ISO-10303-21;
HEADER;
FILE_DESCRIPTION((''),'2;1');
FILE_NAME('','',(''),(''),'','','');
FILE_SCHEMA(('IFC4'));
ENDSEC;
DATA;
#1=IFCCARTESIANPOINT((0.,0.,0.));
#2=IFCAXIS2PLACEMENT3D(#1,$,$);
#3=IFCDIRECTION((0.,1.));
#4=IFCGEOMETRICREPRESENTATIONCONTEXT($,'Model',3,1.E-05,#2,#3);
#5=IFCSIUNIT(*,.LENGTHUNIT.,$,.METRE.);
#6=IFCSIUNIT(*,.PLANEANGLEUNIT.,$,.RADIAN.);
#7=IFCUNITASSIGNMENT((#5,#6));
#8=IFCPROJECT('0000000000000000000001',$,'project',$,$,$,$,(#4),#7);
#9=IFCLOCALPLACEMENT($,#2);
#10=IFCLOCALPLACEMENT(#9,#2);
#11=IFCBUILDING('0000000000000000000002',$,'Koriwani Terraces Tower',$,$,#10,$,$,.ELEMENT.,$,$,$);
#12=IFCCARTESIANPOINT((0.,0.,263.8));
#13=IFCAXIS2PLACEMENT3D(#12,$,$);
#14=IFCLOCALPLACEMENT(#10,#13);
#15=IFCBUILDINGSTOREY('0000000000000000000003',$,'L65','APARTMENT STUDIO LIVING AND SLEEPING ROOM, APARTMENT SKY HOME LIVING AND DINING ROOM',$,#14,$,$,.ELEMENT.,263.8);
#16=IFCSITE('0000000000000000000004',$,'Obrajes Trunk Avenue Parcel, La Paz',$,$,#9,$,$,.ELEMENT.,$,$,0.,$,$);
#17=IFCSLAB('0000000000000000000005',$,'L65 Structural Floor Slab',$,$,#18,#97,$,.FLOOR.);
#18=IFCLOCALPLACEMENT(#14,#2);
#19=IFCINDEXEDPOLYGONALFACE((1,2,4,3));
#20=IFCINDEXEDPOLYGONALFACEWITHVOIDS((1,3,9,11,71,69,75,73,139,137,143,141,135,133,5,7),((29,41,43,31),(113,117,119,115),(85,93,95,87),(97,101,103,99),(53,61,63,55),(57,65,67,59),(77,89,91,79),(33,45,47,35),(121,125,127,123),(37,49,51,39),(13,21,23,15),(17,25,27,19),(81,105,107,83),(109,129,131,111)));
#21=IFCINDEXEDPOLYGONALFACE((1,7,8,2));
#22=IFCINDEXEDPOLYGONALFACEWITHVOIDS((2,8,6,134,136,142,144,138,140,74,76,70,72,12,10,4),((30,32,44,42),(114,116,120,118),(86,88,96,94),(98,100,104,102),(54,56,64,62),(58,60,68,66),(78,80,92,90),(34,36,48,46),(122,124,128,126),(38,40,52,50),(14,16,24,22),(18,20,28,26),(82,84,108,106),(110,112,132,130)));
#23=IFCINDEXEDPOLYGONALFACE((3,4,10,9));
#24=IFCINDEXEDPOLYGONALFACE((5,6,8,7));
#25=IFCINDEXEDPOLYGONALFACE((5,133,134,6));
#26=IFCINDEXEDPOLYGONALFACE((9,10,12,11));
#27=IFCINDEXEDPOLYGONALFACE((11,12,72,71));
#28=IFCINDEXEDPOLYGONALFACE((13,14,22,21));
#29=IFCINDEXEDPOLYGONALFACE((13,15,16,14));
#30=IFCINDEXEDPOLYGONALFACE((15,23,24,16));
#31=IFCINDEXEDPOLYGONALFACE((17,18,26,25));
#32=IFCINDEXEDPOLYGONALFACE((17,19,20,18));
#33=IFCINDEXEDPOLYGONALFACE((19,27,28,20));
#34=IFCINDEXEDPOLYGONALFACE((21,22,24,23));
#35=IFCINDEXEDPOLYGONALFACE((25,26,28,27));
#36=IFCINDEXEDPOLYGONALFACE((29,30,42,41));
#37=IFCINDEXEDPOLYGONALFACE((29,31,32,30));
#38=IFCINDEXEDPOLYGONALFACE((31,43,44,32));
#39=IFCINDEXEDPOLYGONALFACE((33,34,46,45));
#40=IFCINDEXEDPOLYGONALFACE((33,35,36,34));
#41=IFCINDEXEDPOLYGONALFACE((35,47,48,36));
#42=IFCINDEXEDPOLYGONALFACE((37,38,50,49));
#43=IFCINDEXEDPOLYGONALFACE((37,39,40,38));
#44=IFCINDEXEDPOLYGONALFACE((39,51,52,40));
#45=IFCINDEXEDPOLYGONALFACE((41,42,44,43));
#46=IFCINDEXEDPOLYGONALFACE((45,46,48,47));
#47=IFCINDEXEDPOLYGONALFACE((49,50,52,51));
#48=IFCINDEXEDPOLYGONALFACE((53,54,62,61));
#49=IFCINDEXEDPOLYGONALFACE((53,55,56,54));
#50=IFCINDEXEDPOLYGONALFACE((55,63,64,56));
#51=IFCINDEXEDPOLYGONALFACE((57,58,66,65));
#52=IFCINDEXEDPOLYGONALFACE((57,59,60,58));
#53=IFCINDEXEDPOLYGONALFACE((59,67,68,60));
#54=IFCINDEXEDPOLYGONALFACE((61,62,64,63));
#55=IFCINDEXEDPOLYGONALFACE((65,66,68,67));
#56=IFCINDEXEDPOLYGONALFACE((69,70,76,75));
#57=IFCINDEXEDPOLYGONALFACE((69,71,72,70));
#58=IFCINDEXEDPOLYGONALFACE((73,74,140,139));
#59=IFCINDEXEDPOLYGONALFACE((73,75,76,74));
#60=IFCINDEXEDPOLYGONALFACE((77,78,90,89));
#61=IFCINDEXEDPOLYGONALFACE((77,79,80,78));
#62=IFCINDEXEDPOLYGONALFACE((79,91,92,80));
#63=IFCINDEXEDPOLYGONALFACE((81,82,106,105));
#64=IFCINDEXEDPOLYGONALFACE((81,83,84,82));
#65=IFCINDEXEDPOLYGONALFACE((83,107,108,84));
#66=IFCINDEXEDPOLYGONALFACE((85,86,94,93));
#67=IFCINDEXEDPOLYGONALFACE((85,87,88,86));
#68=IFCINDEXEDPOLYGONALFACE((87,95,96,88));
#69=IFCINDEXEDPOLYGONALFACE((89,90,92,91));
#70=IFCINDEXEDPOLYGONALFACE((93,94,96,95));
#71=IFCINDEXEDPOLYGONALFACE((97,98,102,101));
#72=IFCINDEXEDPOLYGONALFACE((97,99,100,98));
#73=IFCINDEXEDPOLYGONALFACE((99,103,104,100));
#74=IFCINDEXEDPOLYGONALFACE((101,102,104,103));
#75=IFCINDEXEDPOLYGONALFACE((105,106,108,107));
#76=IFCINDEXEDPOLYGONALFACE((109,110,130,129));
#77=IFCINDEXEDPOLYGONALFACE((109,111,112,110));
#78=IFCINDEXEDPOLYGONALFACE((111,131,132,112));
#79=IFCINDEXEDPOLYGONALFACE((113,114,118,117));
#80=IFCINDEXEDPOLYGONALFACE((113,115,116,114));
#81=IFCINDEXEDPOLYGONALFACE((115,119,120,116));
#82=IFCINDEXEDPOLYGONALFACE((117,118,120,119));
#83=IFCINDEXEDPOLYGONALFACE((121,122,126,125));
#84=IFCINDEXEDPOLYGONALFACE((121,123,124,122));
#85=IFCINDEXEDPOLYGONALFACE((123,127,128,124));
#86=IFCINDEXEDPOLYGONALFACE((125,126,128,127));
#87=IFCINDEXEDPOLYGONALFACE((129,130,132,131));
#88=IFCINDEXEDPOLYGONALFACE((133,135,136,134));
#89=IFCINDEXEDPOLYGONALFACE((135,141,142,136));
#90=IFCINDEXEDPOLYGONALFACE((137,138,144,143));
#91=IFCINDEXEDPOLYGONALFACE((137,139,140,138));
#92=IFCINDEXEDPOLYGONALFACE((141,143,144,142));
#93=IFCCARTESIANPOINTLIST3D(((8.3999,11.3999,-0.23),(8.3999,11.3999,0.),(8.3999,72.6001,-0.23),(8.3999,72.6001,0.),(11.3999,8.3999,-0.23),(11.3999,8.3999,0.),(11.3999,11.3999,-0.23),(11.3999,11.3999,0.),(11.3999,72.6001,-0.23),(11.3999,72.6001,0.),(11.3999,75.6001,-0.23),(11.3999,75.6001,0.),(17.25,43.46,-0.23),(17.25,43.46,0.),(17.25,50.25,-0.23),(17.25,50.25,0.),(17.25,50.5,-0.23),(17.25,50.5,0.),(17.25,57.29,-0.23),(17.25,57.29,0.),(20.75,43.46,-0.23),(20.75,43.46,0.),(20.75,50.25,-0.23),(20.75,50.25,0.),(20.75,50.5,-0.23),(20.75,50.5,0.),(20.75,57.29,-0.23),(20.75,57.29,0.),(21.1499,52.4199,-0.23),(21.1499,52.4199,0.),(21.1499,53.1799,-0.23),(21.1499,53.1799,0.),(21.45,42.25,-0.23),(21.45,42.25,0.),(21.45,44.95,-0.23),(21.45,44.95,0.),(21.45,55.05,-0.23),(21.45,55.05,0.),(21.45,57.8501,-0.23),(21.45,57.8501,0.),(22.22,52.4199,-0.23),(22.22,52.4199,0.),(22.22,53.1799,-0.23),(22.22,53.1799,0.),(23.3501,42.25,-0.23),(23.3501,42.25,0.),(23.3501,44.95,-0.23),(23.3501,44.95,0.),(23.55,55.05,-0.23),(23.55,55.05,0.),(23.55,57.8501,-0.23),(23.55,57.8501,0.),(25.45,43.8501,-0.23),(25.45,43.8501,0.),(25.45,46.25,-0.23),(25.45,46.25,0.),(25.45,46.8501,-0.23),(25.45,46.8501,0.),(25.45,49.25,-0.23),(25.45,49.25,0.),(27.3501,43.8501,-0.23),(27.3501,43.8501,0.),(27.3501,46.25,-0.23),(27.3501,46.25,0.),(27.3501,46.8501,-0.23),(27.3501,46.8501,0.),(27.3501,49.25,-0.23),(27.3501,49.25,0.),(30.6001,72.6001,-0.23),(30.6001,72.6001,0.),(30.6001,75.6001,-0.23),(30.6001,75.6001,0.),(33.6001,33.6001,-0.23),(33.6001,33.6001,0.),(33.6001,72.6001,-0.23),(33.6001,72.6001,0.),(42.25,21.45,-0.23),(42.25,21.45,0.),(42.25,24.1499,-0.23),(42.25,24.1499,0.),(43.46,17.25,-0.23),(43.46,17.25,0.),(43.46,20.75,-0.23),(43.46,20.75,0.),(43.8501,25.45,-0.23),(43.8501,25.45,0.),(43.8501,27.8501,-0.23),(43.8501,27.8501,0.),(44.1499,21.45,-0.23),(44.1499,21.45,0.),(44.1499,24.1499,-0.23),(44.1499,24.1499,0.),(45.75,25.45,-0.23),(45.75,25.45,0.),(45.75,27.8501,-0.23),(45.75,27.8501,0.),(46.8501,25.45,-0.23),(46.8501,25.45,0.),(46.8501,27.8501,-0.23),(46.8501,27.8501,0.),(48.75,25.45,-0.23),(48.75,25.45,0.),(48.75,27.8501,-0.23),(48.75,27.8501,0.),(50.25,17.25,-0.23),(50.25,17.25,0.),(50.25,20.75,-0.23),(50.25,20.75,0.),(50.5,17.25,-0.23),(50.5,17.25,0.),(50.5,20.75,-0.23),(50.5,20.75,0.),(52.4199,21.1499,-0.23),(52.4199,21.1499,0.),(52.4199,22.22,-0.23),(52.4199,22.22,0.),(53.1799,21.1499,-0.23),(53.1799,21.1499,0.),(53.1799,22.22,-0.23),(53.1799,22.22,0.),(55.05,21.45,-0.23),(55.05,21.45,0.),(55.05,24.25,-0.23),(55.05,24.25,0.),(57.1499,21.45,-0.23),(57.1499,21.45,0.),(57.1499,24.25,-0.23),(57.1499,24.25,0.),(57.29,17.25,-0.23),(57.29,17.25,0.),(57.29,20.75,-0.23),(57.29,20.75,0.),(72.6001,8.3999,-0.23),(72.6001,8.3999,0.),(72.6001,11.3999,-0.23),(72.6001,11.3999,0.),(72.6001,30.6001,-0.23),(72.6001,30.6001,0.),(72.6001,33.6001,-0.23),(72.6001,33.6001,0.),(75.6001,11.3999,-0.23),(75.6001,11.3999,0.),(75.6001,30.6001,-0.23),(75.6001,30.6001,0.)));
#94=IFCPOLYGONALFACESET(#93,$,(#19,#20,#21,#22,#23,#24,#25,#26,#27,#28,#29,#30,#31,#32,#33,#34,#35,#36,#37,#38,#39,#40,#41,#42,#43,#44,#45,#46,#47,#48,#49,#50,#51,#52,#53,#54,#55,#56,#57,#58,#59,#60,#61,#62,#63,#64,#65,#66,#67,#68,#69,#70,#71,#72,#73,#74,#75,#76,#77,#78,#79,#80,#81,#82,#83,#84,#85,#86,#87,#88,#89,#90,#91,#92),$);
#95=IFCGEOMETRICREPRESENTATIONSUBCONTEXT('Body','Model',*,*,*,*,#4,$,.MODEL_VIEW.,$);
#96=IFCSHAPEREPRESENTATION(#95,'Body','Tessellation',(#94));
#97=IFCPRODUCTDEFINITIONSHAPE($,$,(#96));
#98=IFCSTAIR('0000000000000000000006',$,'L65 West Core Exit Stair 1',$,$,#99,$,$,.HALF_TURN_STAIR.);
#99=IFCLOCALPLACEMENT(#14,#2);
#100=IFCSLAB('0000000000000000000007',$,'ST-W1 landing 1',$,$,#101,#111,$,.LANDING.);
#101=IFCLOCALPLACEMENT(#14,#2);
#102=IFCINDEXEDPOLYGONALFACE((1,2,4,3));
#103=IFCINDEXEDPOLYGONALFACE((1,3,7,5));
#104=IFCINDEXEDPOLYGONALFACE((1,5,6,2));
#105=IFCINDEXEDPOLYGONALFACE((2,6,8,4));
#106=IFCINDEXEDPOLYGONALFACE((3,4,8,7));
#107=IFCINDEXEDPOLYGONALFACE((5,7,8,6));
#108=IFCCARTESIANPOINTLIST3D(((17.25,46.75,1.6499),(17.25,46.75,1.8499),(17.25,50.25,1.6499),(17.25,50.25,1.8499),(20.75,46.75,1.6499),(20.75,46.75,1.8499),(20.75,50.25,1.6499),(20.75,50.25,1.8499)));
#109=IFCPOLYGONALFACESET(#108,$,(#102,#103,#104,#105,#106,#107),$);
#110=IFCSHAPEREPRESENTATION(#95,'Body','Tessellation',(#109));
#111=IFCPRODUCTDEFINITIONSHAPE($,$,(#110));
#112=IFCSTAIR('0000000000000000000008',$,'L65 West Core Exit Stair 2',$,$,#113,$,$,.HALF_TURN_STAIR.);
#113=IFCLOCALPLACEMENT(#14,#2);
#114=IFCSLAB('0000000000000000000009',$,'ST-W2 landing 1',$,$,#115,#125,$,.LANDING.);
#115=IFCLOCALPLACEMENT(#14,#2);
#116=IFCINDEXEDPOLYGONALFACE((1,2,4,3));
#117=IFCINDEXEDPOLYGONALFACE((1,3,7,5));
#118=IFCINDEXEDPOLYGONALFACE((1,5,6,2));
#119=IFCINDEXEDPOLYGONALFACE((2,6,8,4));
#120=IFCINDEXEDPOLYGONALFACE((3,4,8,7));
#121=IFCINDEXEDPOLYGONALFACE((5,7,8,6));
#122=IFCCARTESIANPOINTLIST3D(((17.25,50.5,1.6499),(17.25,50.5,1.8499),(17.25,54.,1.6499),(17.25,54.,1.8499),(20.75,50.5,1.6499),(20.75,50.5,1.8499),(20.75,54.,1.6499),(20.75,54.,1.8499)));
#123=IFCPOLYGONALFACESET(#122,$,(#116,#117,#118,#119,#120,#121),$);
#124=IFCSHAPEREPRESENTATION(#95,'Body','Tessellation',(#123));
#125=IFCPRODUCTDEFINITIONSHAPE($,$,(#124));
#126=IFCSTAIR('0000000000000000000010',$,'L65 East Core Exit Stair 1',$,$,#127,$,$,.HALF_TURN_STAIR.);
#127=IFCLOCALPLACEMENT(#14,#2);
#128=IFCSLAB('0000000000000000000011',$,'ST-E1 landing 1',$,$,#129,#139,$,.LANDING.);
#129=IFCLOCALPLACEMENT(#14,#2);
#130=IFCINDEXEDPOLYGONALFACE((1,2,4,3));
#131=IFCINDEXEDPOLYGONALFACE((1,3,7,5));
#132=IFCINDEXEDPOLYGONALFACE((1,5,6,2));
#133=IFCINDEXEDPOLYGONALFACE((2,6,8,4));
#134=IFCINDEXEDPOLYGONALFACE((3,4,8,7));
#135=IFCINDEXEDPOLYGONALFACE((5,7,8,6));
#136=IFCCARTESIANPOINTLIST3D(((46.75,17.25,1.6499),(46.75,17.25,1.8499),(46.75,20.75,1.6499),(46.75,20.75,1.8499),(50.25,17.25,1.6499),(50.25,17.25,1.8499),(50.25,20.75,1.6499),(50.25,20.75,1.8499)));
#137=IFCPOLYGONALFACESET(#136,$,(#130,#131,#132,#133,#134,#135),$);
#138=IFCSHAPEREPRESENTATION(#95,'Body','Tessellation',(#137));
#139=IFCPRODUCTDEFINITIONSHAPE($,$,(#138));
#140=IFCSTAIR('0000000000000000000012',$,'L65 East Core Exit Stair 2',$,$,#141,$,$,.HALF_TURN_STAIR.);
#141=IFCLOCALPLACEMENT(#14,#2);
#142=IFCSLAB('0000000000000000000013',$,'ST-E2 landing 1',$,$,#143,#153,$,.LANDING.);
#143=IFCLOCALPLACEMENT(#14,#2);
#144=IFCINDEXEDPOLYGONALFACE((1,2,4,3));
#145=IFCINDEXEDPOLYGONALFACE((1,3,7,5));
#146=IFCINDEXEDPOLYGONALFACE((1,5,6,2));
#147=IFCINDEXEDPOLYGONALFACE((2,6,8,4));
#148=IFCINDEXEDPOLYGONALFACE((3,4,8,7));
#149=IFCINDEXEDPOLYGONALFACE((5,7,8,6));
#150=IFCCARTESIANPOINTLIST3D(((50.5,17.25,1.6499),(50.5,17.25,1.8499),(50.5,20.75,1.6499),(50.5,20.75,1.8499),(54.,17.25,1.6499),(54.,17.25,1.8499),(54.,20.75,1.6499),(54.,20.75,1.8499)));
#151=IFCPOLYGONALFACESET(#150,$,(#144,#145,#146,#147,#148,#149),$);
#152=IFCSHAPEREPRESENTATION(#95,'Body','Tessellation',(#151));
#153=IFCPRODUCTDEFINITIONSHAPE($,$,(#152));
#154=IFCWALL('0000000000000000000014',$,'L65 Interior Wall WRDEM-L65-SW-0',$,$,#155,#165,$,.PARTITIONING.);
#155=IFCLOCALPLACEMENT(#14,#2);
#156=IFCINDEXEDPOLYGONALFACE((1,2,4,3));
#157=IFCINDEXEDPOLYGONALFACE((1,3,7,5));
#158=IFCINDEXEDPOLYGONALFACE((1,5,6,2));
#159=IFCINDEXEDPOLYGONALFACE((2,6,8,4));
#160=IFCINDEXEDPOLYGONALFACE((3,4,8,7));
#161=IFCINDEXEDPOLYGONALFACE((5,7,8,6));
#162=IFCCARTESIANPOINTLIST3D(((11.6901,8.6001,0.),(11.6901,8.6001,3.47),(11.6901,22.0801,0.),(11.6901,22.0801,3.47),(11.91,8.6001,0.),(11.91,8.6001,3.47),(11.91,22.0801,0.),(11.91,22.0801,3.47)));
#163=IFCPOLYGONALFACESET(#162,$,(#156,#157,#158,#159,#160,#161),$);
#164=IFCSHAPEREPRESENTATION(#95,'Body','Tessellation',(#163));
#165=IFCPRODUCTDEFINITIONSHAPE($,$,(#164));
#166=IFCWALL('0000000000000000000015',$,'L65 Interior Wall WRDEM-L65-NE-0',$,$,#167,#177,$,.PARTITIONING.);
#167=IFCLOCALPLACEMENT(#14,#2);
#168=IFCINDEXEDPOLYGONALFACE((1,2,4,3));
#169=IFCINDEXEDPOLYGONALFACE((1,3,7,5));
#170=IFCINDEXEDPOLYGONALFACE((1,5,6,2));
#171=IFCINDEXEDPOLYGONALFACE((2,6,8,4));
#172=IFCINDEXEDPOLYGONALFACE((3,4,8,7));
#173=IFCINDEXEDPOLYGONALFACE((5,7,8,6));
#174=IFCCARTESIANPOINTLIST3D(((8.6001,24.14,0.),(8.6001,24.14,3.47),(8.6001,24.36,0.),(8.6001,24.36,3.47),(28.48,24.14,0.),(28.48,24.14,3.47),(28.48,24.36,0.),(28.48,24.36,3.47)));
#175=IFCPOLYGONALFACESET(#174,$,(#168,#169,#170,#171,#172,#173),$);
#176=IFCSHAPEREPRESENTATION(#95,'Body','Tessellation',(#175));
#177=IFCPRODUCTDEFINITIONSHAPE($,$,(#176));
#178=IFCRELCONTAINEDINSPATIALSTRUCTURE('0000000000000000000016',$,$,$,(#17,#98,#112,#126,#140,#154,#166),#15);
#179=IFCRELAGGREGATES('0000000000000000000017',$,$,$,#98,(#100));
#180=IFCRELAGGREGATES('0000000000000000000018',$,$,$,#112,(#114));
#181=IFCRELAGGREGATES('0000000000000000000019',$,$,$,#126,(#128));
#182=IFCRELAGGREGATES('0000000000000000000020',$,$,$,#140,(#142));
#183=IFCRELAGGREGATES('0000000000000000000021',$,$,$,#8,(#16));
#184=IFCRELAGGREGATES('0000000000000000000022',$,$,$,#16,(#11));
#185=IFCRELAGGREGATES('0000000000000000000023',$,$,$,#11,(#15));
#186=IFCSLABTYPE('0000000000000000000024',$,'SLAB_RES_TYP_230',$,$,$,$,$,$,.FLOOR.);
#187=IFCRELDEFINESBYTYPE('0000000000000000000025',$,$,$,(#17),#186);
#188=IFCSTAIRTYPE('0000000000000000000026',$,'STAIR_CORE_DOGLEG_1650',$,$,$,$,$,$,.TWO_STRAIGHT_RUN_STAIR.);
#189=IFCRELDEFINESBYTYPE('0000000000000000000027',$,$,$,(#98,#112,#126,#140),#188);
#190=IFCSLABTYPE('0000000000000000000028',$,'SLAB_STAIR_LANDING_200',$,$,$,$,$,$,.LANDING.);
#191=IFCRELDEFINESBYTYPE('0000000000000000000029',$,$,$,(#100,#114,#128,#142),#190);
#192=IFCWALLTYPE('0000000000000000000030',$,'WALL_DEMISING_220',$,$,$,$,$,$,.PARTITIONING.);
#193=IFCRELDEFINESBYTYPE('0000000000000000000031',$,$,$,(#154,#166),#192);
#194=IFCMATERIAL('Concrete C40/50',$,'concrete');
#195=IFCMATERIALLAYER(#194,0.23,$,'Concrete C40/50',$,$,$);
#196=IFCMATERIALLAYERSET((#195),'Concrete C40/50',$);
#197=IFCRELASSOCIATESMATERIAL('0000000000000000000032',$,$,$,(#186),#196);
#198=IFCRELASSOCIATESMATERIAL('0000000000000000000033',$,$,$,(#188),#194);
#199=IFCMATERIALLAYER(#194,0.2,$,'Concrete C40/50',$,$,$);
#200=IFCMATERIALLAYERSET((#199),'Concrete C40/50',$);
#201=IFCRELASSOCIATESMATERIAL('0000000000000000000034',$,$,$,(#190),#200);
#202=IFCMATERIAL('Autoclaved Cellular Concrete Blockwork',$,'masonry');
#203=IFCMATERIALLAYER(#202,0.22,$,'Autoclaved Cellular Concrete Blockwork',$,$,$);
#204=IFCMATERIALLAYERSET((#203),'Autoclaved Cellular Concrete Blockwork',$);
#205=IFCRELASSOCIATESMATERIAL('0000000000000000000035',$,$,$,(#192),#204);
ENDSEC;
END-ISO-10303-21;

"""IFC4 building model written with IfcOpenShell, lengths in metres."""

from ifc_helpers import new_model, si_unit, direction, frame, frame_2d, origin, place, context, subcontext, project, spatial, polyline, rectangle, outline, extrude, material, layer, layer_set, type_object, element, aggregate, save


model = new_model("IFC4")

# Units and contexts
model_context = context("Model", 3, precision=1e-05, world=origin(), true_north=direction((0.0, 1.0)))
body_context = subcontext(model_context, "Body", "Model", "MODEL_VIEW")
ifc_project = project(units=[si_unit("LENGTHUNIT", "METRE"), si_unit("PLANEANGLEUNIT", "RADIAN")], contexts=[model_context])

# Site, building, storey
site_placement = place(None, origin())
site = spatial("IfcSite", under=ifc_project, at=site_placement, Name="Obrajes Trunk Avenue Parcel, La Paz", CompositionType="ELEMENT", RefElevation=0.0)
building_placement = place(site_placement, origin())
building = spatial("IfcBuilding", under=site, at=building_placement, Name="Koriwani Terraces Tower", CompositionType="ELEMENT")
storey_placement = place(building_placement, frame((0.0, 0.0, 263.8)))
storey = spatial("IfcBuildingStorey", under=building, at=storey_placement, Name="L65", Description="APARTMENT STUDIO LIVING AND SLEEPING ROOM, APARTMENT SKY HOME LIVING AND DINING ROOM", CompositionType="ELEMENT", Elevation=263.8)

# Slab
ifc_material_1 = material(Name="Concrete C40/50", Category="concrete")
ifc_layer_1 = layer(ifc_material_1, 0.23, Name="Concrete C40/50")
ifc_layer_set_1 = layer_set([ifc_layer_1], Name="Concrete C40/50")
slab_type_1 = type_object("IfcSlabType", Name="SLAB_RES_TYP_230", PredefinedType="FLOOR", material=ifc_layer_set_1)
slab_1_placement = place(storey_placement, frame((0.0, 0.0, -0.23)))
element("IfcSlab", 1, at=slab_1_placement, inside=storey, type_object=slab_type_1, Name="L65 Structural Floor Slab", PredefinedType="FLOOR", context=body_context, shape_type="SweptSolid", body=[
    extrude(outline(polyline([(11.3999, 8.3999), (72.6001, 8.3999), (72.6001, 11.3999), (75.6001, 11.3999), (75.6001, 30.6001), (72.6001, 30.6001), (72.6001, 33.6001), (33.6001, 33.6001), (33.6001, 72.6001), (30.6001, 72.6001), (30.6001, 75.6001), (11.3999, 75.6001), (11.3999, 72.6001), (8.3999, 72.6001), (8.3999, 11.3999), (11.3999, 11.3999), (11.3999, 8.3999)]), holes=[polyline([(17.25, 43.46), (20.75, 43.46), (20.75, 50.25), (17.25, 50.25), (17.25, 43.46)]), polyline([(17.25, 50.5), (20.75, 50.5), (20.75, 57.29), (17.25, 57.29), (17.25, 50.5)]), polyline([(43.46, 17.25), (50.25, 17.25), (50.25, 20.75), (43.46, 20.75), (43.46, 17.25)]), polyline([(50.5, 17.25), (57.29, 17.25), (57.29, 20.75), (50.5, 20.75), (50.5, 17.25)]), polyline([(25.45, 43.8501), (27.3501, 43.8501), (27.3501, 46.25), (25.45, 46.25), (25.45, 43.8501)]), polyline([(25.45, 46.8501), (27.3501, 46.8501), (27.3501, 49.25), (25.45, 49.25), (25.45, 46.8501)]), polyline([(43.8501, 25.45), (45.75, 25.45), (45.75, 27.8501), (43.8501, 27.8501), (43.8501, 25.45)]), polyline([(46.8501, 25.45), (48.75, 25.45), (48.75, 27.8501), (46.8501, 27.8501), (46.8501, 25.45)]), polyline([(21.45, 55.05), (23.55, 55.05), (23.55, 57.8501), (21.45, 57.8501), (21.45, 55.05)]), polyline([(55.05, 21.45), (57.1499, 21.45), (57.1499, 24.25), (55.05, 24.25), (55.05, 21.45)]), polyline([(21.45, 42.25), (23.3501, 42.25), (23.3501, 44.95), (21.45, 44.95), (21.45, 42.25)]), polyline([(42.25, 21.45), (44.1499, 21.45), (44.1499, 24.1499), (42.25, 24.1499), (42.25, 21.45)]), polyline([(21.1499, 52.4199), (22.22, 52.4199), (22.22, 53.1799), (21.1499, 53.1799), (21.1499, 52.4199)]), polyline([(52.4199, 21.1499), (53.1799, 21.1499), (53.1799, 22.22), (52.4199, 22.22), (52.4199, 21.1499)])]), origin(), (0.0, 0.0, 1.0), 0.23),
])

# Stairs, slabs
stair_type = type_object("IfcStairType", Name="STAIR_CORE_DOGLEG_1650", PredefinedType="TWO_STRAIGHT_RUN_STAIR", material=ifc_material_1)
stair_1_placement = place(storey_placement, origin())
stair_1 = element("IfcStair", 2, at=stair_1_placement, inside=storey, type_object=stair_type, Name="L65 West Core Exit Stair 1", PredefinedType="HALF_TURN_STAIR")
ifc_layer_2 = layer(ifc_material_1, 0.2, Name="Concrete C40/50")
ifc_layer_set_2 = layer_set([ifc_layer_2], Name="Concrete C40/50")
slab_type_2 = type_object("IfcSlabType", Name="SLAB_STAIR_LANDING_200", PredefinedType="LANDING", material=ifc_layer_set_2)
slab_2_placement = place(storey_placement, frame((0.0, 0.0, 1.6499)))
slab_2 = element("IfcSlab", 3, at=slab_2_placement, type_object=slab_type_2, Name="ST-W1 landing 1", PredefinedType="LANDING", context=body_context, shape_type="SweptSolid", body=[
    extrude(outline(polyline([(20.75, 46.75), (20.75, 50.25), (17.25, 50.25), (17.25, 46.75), (20.75, 46.75)])), origin(), (0.0, 0.0, 1.0), 0.2),
])
aggregate(stair_1, [slab_2])
stair_2_placement = place(storey_placement, origin())
stair_2 = element("IfcStair", 4, at=stair_2_placement, inside=storey, type_object=stair_type, Name="L65 West Core Exit Stair 2", PredefinedType="HALF_TURN_STAIR")
slab_3_placement = place(storey_placement, frame((0.0, 0.0, 1.6499)))
slab_3 = element("IfcSlab", 5, at=slab_3_placement, type_object=slab_type_2, Name="ST-W2 landing 1", PredefinedType="LANDING", context=body_context, shape_type="SweptSolid", body=[
    extrude(outline(polyline([(17.25, 54.0), (17.25, 50.5), (20.75, 50.5), (20.75, 54.0), (17.25, 54.0)])), origin(), (0.0, 0.0, 1.0), 0.2),
])
aggregate(stair_2, [slab_3])
stair_3_placement = place(storey_placement, origin())
stair_3 = element("IfcStair", 6, at=stair_3_placement, inside=storey, type_object=stair_type, Name="L65 East Core Exit Stair 1", PredefinedType="HALF_TURN_STAIR")
slab_4_placement = place(storey_placement, frame((0.0, 0.0, 1.6499)))
slab_4 = element("IfcSlab", 7, at=slab_4_placement, type_object=slab_type_2, Name="ST-E1 landing 1", PredefinedType="LANDING", context=body_context, shape_type="SweptSolid", body=[
    extrude(outline(polyline([(46.75, 17.25), (50.25, 17.25), (50.25, 20.75), (46.75, 20.75), (46.75, 17.25)])), origin(), (0.0, 0.0, 1.0), 0.2),
])
aggregate(stair_3, [slab_4])
stair_4_placement = place(storey_placement, origin())
stair_4 = element("IfcStair", 8, at=stair_4_placement, inside=storey, type_object=stair_type, Name="L65 East Core Exit Stair 2", PredefinedType="HALF_TURN_STAIR")
slab_5_placement = place(storey_placement, frame((0.0, 0.0, 1.6499)))
slab_5 = element("IfcSlab", 9, at=slab_5_placement, type_object=slab_type_2, Name="ST-E2 landing 1", PredefinedType="LANDING", context=body_context, shape_type="SweptSolid", body=[
    extrude(outline(polyline([(54.0, 20.75), (50.5, 20.75), (50.5, 17.25), (54.0, 17.25), (54.0, 20.75)])), origin(), (0.0, 0.0, 1.0), 0.2),
])
aggregate(stair_4, [slab_5])

# Walls
ifc_material_2 = material(Name="Autoclaved Cellular Concrete Blockwork", Category="masonry")
ifc_layer_3 = layer(ifc_material_2, 0.22, Name="Autoclaved Cellular Concrete Blockwork")
ifc_layer_set_3 = layer_set([ifc_layer_3], Name="Autoclaved Cellular Concrete Blockwork")
wall_type_1 = type_object("IfcWallType", Name="WALL_DEMISING_220", PredefinedType="PARTITIONING", material=ifc_layer_set_3)
wall_1_placement = place(storey_placement, frame((11.8, 8.6001, 0.0), z_axis=(0.0, 0.0, 1.0), x_axis=(0.0, 1.0, 0.0)))
element("IfcWall", 10, at=wall_1_placement, inside=storey, type_object=wall_type_1, Name="L65 Interior Wall WRDEM-L65-SW-0", PredefinedType="PARTITIONING", context=body_context, shape_type="SweptSolid", body=[
    extrude(rectangle(XDim=13.48, YDim=0.22, at=frame_2d((6.74, 0.0))), origin(), (0.0, 0.0, 1.0), 3.47),
])
wall_2_placement = place(storey_placement, frame((8.6001, 24.25, 0.0), z_axis=(0.0, 0.0, 1.0), x_axis=(1.0, 0.0, 0.0)))
element("IfcWall", 11, at=wall_2_placement, inside=storey, type_object=wall_type_1, Name="L65 Interior Wall WRDEM-L65-NE-0", PredefinedType="PARTITIONING", context=body_context, shape_type="SweptSolid", body=[
    extrude(rectangle(XDim=19.8799, YDim=0.22, at=frame_2d((9.9399, 0.0))), origin(), (0.0, 0.0, 1.0), 3.47),
])

save(model, "model.ifc")
